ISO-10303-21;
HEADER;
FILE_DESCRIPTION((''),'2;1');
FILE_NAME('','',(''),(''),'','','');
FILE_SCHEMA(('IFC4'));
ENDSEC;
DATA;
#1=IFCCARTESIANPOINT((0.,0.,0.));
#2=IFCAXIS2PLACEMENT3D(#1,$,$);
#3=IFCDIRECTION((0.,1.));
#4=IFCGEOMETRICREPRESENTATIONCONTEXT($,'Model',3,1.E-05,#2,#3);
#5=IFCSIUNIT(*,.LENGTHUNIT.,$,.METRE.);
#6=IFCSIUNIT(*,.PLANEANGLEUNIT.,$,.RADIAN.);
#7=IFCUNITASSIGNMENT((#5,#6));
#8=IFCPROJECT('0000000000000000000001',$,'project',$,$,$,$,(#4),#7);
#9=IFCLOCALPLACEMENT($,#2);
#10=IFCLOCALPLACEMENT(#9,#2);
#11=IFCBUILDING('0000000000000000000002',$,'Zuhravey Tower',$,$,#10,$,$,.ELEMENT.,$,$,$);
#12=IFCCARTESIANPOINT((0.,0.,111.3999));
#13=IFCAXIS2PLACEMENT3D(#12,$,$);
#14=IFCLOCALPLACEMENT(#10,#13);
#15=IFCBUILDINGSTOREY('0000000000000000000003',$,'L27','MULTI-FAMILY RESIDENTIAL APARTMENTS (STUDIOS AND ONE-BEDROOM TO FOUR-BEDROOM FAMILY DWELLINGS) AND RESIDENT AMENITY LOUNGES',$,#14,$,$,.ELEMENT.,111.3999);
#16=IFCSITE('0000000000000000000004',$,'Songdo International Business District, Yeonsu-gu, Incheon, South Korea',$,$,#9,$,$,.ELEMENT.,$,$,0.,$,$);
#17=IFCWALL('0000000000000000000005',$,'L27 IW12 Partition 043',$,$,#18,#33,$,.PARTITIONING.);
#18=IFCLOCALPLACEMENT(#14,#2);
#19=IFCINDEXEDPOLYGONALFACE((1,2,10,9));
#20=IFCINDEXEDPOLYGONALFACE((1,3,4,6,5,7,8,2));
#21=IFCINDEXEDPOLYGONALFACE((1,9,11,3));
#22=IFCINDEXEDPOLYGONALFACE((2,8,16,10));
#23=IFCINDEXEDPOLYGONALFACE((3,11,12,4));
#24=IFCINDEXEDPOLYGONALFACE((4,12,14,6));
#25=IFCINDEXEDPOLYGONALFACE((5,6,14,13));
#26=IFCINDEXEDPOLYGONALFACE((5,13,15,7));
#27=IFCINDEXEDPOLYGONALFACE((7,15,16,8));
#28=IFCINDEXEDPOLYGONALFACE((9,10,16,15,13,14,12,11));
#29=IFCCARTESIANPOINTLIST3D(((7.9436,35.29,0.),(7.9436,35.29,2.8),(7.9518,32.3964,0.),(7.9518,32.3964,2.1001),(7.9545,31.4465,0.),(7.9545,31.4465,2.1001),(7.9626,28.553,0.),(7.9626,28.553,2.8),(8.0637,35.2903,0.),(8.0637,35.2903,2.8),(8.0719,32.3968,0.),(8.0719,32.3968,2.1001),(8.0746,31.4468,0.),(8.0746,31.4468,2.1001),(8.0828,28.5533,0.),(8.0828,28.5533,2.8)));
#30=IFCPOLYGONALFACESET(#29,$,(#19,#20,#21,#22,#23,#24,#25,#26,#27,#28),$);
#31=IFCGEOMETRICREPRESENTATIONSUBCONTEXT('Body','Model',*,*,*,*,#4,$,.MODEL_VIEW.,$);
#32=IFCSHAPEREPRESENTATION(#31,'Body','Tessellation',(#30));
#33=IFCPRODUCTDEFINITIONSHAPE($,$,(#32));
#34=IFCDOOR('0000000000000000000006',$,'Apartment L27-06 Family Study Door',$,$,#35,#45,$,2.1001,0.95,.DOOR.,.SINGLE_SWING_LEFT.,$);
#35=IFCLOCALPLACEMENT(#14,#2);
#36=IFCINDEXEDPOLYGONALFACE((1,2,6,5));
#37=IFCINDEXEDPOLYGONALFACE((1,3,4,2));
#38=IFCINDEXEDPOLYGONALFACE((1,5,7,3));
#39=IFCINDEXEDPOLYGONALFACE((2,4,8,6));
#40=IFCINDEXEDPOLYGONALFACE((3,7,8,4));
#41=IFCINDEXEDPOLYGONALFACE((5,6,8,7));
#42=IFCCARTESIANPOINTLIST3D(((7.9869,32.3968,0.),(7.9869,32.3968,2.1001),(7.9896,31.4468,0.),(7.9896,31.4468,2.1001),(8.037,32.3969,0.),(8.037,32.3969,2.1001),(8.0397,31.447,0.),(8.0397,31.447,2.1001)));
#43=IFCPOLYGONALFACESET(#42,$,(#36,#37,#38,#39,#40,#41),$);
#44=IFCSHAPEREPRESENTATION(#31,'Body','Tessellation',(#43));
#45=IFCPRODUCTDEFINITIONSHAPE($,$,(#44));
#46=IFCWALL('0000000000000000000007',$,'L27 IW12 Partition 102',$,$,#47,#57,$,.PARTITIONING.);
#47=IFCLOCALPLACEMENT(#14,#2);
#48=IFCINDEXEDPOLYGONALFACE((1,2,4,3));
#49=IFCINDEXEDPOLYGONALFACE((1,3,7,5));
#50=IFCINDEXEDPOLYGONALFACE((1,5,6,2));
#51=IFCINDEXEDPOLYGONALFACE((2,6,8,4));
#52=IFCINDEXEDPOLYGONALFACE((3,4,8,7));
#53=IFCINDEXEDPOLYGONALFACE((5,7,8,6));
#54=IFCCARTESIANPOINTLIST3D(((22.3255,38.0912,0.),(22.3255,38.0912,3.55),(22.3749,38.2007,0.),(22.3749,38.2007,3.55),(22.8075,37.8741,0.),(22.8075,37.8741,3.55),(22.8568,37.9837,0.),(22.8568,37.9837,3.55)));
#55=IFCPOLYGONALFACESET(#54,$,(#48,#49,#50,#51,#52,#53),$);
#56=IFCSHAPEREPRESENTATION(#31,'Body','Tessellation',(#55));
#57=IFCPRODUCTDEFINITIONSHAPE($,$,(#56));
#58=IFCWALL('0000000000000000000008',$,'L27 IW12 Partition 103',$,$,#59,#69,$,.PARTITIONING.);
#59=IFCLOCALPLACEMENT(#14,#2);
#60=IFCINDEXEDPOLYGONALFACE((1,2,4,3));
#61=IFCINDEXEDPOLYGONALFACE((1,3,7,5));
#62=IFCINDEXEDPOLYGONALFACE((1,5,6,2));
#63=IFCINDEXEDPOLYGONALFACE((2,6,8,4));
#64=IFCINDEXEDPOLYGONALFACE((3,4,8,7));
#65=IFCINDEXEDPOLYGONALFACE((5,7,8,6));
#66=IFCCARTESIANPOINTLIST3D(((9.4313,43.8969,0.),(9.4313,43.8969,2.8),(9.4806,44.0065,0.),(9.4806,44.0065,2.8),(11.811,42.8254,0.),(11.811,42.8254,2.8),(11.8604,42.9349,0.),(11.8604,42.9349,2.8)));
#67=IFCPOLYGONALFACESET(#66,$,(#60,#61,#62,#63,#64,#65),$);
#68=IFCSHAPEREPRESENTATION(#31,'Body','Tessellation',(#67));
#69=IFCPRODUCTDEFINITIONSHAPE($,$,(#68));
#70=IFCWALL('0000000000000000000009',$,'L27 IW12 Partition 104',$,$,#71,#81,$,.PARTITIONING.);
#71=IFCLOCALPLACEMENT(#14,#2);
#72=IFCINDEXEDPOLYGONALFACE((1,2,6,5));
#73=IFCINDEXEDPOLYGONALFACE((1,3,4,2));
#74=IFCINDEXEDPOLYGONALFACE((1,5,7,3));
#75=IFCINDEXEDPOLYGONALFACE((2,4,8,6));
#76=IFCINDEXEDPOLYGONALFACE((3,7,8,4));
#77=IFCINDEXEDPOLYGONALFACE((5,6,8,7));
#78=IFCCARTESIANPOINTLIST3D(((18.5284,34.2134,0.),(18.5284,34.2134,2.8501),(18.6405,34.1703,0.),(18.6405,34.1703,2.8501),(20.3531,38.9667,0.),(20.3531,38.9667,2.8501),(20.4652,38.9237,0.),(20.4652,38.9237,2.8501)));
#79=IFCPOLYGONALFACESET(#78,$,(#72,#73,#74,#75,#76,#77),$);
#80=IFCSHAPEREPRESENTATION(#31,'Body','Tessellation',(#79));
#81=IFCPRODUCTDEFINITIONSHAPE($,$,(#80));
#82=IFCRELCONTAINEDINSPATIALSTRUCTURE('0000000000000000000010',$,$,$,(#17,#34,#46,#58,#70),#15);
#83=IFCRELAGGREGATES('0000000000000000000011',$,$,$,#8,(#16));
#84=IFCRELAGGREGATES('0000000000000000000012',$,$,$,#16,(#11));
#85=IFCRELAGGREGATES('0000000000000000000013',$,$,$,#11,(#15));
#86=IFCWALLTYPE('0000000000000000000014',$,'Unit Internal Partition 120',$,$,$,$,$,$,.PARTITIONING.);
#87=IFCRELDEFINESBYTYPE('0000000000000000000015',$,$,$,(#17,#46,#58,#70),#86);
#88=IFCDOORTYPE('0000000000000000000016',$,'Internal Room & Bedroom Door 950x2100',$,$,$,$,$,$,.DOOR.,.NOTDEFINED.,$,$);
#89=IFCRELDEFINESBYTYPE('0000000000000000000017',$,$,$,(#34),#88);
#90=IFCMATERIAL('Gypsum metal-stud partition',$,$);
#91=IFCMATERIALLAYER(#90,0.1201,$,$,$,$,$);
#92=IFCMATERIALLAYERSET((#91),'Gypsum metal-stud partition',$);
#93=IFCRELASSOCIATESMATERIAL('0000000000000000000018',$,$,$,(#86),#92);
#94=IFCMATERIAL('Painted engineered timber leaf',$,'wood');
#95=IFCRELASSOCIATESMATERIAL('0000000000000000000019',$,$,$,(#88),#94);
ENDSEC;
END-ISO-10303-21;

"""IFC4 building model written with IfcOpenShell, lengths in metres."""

from ifc_helpers import new_model, si_unit, direction, frame, frame_2d, origin, place, context, subcontext, project, spatial, rectangle, extrude, material, layer, layer_set, type_object, element, fill, save


model = new_model("IFC4")

# Units and contexts
model_context = context("Model", 3, precision=1e-05, world=origin(), true_north=direction((0.0, 1.0)))
body_context = subcontext(model_context, "Body", "Model", "MODEL_VIEW")
ifc_project = project(units=[si_unit("LENGTHUNIT", "METRE"), si_unit("PLANEANGLEUNIT", "RADIAN")], contexts=[model_context])

# Site, building, storey
site_placement = place(None, origin())
site = spatial("IfcSite", under=ifc_project, at=site_placement, Name="Songdo International Business District, Yeonsu-gu, Incheon, South Korea", CompositionType="ELEMENT", RefElevation=0.0)
building_placement = place(site_placement, origin())
building = spatial("IfcBuilding", under=site, at=building_placement, Name="Zuhravey Tower", CompositionType="ELEMENT")
storey_placement = place(building_placement, frame((0.0, 0.0, 111.3999)))
storey = spatial("IfcBuildingStorey", under=building, at=storey_placement, Name="L27", Description="MULTI-FAMILY RESIDENTIAL APARTMENTS (STUDIOS AND ONE-BEDROOM TO FOUR-BEDROOM FAMILY DWELLINGS) AND RESIDENT AMENITY LOUNGES", CompositionType="ELEMENT", Elevation=111.3999)

# Wall, opening, door
ifc_material_1 = material(Name="Gypsum metal-stud partition")
ifc_layer_1 = layer(ifc_material_1, 0.1201)
ifc_layer_set_1 = layer_set([ifc_layer_1], Name="Gypsum metal-stud partition")
wall_type_1 = type_object("IfcWallType", Name="Unit Internal Partition 120", PredefinedType="PARTITIONING", material=ifc_layer_set_1)
ifc_material_2 = material(Name="Painted engineered timber leaf", Category="wood")
door_type_1 = type_object("IfcDoorType", Name="Internal Room & Bedroom Door 950x2100", OperationType="NOTDEFINED", PredefinedType="DOOR", material=ifc_material_2)
wall_1_placement = place(storey_placement, frame((8.0037, 35.2903, 0.0), z_axis=(0.0, 0.0, 1.0), x_axis=(0.002827, -0.999996, 0.0)))
wall_1 = element("IfcWall", 1, at=wall_1_placement, inside=storey, type_object=wall_type_1, Name="L27 IW12 Partition 043", PredefinedType="PARTITIONING", context=body_context, shape_type="SweptSolid", body=[
    extrude(rectangle(XDim=6.7371, YDim=0.1201, at=frame_2d((3.3687, 0.0))), origin(), (0.0, 0.0, 1.0), 2.8),
])
opening_1_placement = place(wall_1_placement, frame((2.8936, 0.0, 0.0)))
opening_1 = element("IfcOpeningElement", 2, at=opening_1_placement, cuts=wall_1, PredefinedType="OPENING", context=body_context, shape_type="SweptSolid", body=[
    extrude(rectangle(XDim=0.95, YDim=2.1001, at=frame_2d((0.4751, 1.05))), frame((0.0, 0.072, 0.0), z_axis=(0.0, -1.0, 0.0), x_axis=(1.0, 0.0, 0.0)), (0.0, 0.0, 1.0), 0.144),
])
door_1_placement = place(opening_1_placement, frame((0.95, 0.0, 0.0), z_axis=(0.0, 0.0, 1.0), x_axis=(-1.0, 0.0, 0.0)))
door_1 = element("IfcDoor", 3, at=door_1_placement, inside=storey, type_object=door_type_1, Name="Apartment L27-06 Family Study Door", OperationType="SINGLE_SWING_LEFT", OverallHeight=2.1001, OverallWidth=0.95, PredefinedType="DOOR", context=body_context, shape_type="SweptSolid", body=[
    extrude(rectangle(XDim=0.95, YDim=2.1001, at=frame_2d((0.4751, 1.05))), frame((0.0, 0.0249, 0.0), z_axis=(0.0, -1.0, 0.0), x_axis=(1.0, 0.0, 0.0)), (0.0, 0.0, 1.0), 0.05),
])
fill(opening_1, door_1)

# Walls
wall_2_placement = place(storey_placement, frame((22.832, 37.929, 0.0), z_axis=(0.0, 0.0, 1.0), x_axis=(-0.9118, 0.410634, 0.0)))
element("IfcWall", 4, at=wall_2_placement, inside=storey, type_object=wall_type_1, Name="L27 IW12 Partition 102", PredefinedType="PARTITIONING", context=body_context, shape_type="SweptSolid", body=[
    extrude(rectangle(XDim=0.5286, YDim=0.1201, at=frame_2d((0.2642, 0.0))), origin(), (0.0, 0.0, 1.0), 3.55),
])
wall_3_placement = place(storey_placement, frame((11.8357, 42.8801, 0.0), z_axis=(0.0, 0.0, 1.0), x_axis=(-0.911822, 0.410586, 0.0)))
element("IfcWall", 5, at=wall_3_placement, inside=storey, type_object=wall_type_1, Name="L27 IW12 Partition 103", PredefinedType="PARTITIONING", context=body_context, shape_type="SweptSolid", body=[
    extrude(rectangle(XDim=2.6099, YDim=0.1201, at=frame_2d((1.3049, 0.0))), origin(), (0.0, 0.0, 1.0), 2.8),
])
wall_4_placement = place(storey_placement, frame((20.4092, 38.9453, 0.0), z_axis=(0.0, 0.0, 1.0), x_axis=(-0.358375, -0.933578, 0.0)))
element("IfcWall", 6, at=wall_4_placement, inside=storey, type_object=wall_type_1, Name="L27 IW12 Partition 104", PredefinedType="PARTITIONING", context=body_context, shape_type="SweptSolid", body=[
    extrude(rectangle(XDim=5.0916, YDim=0.1201, at=frame_2d((2.5459, 0.0))), origin(), (0.0, 0.0, 1.0), 2.8501),
])

save(model, "model.ifc")
